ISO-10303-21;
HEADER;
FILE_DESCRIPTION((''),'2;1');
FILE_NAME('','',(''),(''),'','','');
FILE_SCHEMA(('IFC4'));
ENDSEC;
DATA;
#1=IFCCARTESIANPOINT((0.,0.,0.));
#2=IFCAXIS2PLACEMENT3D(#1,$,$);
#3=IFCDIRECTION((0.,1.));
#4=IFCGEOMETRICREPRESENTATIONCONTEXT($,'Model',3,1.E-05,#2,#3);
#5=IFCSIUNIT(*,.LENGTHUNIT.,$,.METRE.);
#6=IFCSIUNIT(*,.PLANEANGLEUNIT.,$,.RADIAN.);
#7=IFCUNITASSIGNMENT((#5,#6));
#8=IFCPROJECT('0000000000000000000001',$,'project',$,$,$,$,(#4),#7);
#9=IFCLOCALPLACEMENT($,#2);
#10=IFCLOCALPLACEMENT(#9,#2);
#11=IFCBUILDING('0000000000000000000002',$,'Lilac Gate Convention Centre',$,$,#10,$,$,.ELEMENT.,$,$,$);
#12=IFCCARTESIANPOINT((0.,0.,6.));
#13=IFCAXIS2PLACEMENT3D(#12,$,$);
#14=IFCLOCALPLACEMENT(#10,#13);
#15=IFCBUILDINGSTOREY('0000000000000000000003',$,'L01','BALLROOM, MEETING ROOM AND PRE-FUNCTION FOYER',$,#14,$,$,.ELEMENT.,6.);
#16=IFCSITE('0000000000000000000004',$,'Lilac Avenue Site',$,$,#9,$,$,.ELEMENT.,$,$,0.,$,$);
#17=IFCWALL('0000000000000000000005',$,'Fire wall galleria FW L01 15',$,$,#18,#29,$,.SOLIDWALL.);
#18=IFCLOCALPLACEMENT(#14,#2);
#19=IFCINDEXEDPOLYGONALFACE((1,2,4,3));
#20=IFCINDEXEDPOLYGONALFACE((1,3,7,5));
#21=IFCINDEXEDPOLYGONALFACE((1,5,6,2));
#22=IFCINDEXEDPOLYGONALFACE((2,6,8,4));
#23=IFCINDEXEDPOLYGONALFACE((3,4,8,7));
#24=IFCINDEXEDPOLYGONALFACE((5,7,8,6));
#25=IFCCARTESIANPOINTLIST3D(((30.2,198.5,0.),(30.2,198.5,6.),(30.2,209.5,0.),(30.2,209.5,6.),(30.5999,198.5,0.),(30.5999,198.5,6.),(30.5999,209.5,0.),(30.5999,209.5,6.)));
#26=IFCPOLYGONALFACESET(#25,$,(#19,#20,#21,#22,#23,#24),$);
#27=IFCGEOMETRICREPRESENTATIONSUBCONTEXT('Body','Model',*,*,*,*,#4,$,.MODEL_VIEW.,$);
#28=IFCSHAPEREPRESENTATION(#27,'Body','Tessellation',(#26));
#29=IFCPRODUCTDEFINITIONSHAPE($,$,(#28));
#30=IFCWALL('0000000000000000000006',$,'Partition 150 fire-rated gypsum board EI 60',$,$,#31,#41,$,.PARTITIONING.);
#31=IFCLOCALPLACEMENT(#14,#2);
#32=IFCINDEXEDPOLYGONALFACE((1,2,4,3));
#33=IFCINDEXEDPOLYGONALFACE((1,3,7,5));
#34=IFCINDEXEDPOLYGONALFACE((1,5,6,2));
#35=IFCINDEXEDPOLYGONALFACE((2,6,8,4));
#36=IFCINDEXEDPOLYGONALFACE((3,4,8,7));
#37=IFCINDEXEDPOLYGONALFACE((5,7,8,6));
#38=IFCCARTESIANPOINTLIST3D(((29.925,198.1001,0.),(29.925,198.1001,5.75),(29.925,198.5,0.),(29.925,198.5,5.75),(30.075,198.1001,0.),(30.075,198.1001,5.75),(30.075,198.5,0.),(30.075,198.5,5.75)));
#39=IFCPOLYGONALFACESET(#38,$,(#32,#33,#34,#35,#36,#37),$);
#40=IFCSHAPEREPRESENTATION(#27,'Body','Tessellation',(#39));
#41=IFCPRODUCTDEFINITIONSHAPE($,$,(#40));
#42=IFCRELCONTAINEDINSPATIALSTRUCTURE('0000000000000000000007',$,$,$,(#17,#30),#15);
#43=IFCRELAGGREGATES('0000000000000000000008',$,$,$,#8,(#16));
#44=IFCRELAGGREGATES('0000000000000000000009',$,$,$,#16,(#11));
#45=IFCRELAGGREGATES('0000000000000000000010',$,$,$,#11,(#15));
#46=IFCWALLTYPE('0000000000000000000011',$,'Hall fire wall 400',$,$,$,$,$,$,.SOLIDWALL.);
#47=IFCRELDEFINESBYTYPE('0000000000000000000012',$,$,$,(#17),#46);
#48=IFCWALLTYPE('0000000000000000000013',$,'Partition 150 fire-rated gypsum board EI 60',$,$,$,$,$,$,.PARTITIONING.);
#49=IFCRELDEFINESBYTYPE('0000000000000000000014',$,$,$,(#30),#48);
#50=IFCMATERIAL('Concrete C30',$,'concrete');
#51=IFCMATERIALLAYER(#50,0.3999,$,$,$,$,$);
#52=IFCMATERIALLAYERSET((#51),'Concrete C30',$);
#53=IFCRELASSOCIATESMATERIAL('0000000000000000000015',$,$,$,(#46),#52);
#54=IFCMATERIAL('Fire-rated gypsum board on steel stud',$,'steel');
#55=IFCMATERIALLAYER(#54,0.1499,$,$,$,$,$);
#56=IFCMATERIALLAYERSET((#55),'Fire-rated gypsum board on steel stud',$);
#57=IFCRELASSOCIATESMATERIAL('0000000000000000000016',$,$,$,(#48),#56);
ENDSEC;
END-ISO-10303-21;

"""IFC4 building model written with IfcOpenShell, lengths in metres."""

from ifc_helpers import new_model, si_unit, direction, frame, frame_2d, origin, place, context, subcontext, project, spatial, rectangle, extrude, material, layer, layer_set, type_object, element, save


model = new_model("IFC4")

# Units and contexts
model_context = context("Model", 3, precision=1e-05, world=origin(), true_north=direction((0.0, 1.0)))
body_context = subcontext(model_context, "Body", "Model", "MODEL_VIEW")
ifc_project = project(units=[si_unit("LENGTHUNIT", "METRE"), si_unit("PLANEANGLEUNIT", "RADIAN")], contexts=[model_context])

# Site, building, storey
site_placement = place(None, origin())
site = spatial("IfcSite", under=ifc_project, at=site_placement, Name="Lilac Avenue Site", CompositionType="ELEMENT", RefElevation=0.0)
building_placement = place(site_placement, origin())
building = spatial("IfcBuilding", under=site, at=building_placement, Name="Lilac Gate Convention Centre", CompositionType="ELEMENT")
storey_placement = place(building_placement, frame((0.0, 0.0, 6.0)))
storey = spatial("IfcBuildingStorey", under=building, at=storey_placement, Name="L01", Description="BALLROOM, MEETING ROOM AND PRE-FUNCTION FOYER", CompositionType="ELEMENT", Elevation=6.0)

# Walls
ifc_material_1 = material(Name="Concrete C30", Category="concrete")
ifc_layer_1 = layer(ifc_material_1, 0.3999)
ifc_layer_set_1 = layer_set([ifc_layer_1], Name="Concrete C30")
wall_type_1 = type_object("IfcWallType", Name="Hall fire wall 400", PredefinedType="SOLIDWALL", material=ifc_layer_set_1)
for number, where, z_axis, x_axis, name in (
    (1, (30.3999, 198.5, 0.0), (0.0, 0.0, 1.0), (0.0, 1.0, 0.0), "Fire wall galleria FW L01 15"),
):
    element("IfcWall", number, at=place(storey_placement, frame(where, z_axis=z_axis, x_axis=x_axis)), inside=storey, type_object=wall_type_1, Name=name, PredefinedType="SOLIDWALL", context=body_context, shape_type="SweptSolid", body=[
        extrude(rectangle(XDim=11.0, YDim=0.3999, at=frame_2d((5.5, 0.0))), origin(), (0.0, 0.0, 1.0), 6.0),
    ])
ifc_material_2 = material(Name="Fire-rated gypsum board on steel stud", Category="steel")
ifc_layer_2 = layer(ifc_material_2, 0.1499)
ifc_layer_set_2 = layer_set([ifc_layer_2], Name="Fire-rated gypsum board on steel stud")
wall_type_2 = type_object("IfcWallType", Name="Partition 150 fire-rated gypsum board EI 60", PredefinedType="PARTITIONING", material=ifc_layer_set_2)
wall_placement = place(storey_placement, frame((30.0, 198.1001, 0.0), z_axis=(0.0, 0.0, 1.0), x_axis=(0.0, 1.0, 0.0)))
element("IfcWall", 2, at=wall_placement, inside=storey, type_object=wall_type_2, Name="Partition 150 fire-rated gypsum board EI 60", PredefinedType="PARTITIONING", context=body_context, shape_type="SweptSolid", body=[
    extrude(rectangle(XDim=0.3999, YDim=0.1499, at=frame_2d((0.2, 0.0))), origin(), (0.0, 0.0, 1.0), 5.75),
])

save(model, "model.ifc")
